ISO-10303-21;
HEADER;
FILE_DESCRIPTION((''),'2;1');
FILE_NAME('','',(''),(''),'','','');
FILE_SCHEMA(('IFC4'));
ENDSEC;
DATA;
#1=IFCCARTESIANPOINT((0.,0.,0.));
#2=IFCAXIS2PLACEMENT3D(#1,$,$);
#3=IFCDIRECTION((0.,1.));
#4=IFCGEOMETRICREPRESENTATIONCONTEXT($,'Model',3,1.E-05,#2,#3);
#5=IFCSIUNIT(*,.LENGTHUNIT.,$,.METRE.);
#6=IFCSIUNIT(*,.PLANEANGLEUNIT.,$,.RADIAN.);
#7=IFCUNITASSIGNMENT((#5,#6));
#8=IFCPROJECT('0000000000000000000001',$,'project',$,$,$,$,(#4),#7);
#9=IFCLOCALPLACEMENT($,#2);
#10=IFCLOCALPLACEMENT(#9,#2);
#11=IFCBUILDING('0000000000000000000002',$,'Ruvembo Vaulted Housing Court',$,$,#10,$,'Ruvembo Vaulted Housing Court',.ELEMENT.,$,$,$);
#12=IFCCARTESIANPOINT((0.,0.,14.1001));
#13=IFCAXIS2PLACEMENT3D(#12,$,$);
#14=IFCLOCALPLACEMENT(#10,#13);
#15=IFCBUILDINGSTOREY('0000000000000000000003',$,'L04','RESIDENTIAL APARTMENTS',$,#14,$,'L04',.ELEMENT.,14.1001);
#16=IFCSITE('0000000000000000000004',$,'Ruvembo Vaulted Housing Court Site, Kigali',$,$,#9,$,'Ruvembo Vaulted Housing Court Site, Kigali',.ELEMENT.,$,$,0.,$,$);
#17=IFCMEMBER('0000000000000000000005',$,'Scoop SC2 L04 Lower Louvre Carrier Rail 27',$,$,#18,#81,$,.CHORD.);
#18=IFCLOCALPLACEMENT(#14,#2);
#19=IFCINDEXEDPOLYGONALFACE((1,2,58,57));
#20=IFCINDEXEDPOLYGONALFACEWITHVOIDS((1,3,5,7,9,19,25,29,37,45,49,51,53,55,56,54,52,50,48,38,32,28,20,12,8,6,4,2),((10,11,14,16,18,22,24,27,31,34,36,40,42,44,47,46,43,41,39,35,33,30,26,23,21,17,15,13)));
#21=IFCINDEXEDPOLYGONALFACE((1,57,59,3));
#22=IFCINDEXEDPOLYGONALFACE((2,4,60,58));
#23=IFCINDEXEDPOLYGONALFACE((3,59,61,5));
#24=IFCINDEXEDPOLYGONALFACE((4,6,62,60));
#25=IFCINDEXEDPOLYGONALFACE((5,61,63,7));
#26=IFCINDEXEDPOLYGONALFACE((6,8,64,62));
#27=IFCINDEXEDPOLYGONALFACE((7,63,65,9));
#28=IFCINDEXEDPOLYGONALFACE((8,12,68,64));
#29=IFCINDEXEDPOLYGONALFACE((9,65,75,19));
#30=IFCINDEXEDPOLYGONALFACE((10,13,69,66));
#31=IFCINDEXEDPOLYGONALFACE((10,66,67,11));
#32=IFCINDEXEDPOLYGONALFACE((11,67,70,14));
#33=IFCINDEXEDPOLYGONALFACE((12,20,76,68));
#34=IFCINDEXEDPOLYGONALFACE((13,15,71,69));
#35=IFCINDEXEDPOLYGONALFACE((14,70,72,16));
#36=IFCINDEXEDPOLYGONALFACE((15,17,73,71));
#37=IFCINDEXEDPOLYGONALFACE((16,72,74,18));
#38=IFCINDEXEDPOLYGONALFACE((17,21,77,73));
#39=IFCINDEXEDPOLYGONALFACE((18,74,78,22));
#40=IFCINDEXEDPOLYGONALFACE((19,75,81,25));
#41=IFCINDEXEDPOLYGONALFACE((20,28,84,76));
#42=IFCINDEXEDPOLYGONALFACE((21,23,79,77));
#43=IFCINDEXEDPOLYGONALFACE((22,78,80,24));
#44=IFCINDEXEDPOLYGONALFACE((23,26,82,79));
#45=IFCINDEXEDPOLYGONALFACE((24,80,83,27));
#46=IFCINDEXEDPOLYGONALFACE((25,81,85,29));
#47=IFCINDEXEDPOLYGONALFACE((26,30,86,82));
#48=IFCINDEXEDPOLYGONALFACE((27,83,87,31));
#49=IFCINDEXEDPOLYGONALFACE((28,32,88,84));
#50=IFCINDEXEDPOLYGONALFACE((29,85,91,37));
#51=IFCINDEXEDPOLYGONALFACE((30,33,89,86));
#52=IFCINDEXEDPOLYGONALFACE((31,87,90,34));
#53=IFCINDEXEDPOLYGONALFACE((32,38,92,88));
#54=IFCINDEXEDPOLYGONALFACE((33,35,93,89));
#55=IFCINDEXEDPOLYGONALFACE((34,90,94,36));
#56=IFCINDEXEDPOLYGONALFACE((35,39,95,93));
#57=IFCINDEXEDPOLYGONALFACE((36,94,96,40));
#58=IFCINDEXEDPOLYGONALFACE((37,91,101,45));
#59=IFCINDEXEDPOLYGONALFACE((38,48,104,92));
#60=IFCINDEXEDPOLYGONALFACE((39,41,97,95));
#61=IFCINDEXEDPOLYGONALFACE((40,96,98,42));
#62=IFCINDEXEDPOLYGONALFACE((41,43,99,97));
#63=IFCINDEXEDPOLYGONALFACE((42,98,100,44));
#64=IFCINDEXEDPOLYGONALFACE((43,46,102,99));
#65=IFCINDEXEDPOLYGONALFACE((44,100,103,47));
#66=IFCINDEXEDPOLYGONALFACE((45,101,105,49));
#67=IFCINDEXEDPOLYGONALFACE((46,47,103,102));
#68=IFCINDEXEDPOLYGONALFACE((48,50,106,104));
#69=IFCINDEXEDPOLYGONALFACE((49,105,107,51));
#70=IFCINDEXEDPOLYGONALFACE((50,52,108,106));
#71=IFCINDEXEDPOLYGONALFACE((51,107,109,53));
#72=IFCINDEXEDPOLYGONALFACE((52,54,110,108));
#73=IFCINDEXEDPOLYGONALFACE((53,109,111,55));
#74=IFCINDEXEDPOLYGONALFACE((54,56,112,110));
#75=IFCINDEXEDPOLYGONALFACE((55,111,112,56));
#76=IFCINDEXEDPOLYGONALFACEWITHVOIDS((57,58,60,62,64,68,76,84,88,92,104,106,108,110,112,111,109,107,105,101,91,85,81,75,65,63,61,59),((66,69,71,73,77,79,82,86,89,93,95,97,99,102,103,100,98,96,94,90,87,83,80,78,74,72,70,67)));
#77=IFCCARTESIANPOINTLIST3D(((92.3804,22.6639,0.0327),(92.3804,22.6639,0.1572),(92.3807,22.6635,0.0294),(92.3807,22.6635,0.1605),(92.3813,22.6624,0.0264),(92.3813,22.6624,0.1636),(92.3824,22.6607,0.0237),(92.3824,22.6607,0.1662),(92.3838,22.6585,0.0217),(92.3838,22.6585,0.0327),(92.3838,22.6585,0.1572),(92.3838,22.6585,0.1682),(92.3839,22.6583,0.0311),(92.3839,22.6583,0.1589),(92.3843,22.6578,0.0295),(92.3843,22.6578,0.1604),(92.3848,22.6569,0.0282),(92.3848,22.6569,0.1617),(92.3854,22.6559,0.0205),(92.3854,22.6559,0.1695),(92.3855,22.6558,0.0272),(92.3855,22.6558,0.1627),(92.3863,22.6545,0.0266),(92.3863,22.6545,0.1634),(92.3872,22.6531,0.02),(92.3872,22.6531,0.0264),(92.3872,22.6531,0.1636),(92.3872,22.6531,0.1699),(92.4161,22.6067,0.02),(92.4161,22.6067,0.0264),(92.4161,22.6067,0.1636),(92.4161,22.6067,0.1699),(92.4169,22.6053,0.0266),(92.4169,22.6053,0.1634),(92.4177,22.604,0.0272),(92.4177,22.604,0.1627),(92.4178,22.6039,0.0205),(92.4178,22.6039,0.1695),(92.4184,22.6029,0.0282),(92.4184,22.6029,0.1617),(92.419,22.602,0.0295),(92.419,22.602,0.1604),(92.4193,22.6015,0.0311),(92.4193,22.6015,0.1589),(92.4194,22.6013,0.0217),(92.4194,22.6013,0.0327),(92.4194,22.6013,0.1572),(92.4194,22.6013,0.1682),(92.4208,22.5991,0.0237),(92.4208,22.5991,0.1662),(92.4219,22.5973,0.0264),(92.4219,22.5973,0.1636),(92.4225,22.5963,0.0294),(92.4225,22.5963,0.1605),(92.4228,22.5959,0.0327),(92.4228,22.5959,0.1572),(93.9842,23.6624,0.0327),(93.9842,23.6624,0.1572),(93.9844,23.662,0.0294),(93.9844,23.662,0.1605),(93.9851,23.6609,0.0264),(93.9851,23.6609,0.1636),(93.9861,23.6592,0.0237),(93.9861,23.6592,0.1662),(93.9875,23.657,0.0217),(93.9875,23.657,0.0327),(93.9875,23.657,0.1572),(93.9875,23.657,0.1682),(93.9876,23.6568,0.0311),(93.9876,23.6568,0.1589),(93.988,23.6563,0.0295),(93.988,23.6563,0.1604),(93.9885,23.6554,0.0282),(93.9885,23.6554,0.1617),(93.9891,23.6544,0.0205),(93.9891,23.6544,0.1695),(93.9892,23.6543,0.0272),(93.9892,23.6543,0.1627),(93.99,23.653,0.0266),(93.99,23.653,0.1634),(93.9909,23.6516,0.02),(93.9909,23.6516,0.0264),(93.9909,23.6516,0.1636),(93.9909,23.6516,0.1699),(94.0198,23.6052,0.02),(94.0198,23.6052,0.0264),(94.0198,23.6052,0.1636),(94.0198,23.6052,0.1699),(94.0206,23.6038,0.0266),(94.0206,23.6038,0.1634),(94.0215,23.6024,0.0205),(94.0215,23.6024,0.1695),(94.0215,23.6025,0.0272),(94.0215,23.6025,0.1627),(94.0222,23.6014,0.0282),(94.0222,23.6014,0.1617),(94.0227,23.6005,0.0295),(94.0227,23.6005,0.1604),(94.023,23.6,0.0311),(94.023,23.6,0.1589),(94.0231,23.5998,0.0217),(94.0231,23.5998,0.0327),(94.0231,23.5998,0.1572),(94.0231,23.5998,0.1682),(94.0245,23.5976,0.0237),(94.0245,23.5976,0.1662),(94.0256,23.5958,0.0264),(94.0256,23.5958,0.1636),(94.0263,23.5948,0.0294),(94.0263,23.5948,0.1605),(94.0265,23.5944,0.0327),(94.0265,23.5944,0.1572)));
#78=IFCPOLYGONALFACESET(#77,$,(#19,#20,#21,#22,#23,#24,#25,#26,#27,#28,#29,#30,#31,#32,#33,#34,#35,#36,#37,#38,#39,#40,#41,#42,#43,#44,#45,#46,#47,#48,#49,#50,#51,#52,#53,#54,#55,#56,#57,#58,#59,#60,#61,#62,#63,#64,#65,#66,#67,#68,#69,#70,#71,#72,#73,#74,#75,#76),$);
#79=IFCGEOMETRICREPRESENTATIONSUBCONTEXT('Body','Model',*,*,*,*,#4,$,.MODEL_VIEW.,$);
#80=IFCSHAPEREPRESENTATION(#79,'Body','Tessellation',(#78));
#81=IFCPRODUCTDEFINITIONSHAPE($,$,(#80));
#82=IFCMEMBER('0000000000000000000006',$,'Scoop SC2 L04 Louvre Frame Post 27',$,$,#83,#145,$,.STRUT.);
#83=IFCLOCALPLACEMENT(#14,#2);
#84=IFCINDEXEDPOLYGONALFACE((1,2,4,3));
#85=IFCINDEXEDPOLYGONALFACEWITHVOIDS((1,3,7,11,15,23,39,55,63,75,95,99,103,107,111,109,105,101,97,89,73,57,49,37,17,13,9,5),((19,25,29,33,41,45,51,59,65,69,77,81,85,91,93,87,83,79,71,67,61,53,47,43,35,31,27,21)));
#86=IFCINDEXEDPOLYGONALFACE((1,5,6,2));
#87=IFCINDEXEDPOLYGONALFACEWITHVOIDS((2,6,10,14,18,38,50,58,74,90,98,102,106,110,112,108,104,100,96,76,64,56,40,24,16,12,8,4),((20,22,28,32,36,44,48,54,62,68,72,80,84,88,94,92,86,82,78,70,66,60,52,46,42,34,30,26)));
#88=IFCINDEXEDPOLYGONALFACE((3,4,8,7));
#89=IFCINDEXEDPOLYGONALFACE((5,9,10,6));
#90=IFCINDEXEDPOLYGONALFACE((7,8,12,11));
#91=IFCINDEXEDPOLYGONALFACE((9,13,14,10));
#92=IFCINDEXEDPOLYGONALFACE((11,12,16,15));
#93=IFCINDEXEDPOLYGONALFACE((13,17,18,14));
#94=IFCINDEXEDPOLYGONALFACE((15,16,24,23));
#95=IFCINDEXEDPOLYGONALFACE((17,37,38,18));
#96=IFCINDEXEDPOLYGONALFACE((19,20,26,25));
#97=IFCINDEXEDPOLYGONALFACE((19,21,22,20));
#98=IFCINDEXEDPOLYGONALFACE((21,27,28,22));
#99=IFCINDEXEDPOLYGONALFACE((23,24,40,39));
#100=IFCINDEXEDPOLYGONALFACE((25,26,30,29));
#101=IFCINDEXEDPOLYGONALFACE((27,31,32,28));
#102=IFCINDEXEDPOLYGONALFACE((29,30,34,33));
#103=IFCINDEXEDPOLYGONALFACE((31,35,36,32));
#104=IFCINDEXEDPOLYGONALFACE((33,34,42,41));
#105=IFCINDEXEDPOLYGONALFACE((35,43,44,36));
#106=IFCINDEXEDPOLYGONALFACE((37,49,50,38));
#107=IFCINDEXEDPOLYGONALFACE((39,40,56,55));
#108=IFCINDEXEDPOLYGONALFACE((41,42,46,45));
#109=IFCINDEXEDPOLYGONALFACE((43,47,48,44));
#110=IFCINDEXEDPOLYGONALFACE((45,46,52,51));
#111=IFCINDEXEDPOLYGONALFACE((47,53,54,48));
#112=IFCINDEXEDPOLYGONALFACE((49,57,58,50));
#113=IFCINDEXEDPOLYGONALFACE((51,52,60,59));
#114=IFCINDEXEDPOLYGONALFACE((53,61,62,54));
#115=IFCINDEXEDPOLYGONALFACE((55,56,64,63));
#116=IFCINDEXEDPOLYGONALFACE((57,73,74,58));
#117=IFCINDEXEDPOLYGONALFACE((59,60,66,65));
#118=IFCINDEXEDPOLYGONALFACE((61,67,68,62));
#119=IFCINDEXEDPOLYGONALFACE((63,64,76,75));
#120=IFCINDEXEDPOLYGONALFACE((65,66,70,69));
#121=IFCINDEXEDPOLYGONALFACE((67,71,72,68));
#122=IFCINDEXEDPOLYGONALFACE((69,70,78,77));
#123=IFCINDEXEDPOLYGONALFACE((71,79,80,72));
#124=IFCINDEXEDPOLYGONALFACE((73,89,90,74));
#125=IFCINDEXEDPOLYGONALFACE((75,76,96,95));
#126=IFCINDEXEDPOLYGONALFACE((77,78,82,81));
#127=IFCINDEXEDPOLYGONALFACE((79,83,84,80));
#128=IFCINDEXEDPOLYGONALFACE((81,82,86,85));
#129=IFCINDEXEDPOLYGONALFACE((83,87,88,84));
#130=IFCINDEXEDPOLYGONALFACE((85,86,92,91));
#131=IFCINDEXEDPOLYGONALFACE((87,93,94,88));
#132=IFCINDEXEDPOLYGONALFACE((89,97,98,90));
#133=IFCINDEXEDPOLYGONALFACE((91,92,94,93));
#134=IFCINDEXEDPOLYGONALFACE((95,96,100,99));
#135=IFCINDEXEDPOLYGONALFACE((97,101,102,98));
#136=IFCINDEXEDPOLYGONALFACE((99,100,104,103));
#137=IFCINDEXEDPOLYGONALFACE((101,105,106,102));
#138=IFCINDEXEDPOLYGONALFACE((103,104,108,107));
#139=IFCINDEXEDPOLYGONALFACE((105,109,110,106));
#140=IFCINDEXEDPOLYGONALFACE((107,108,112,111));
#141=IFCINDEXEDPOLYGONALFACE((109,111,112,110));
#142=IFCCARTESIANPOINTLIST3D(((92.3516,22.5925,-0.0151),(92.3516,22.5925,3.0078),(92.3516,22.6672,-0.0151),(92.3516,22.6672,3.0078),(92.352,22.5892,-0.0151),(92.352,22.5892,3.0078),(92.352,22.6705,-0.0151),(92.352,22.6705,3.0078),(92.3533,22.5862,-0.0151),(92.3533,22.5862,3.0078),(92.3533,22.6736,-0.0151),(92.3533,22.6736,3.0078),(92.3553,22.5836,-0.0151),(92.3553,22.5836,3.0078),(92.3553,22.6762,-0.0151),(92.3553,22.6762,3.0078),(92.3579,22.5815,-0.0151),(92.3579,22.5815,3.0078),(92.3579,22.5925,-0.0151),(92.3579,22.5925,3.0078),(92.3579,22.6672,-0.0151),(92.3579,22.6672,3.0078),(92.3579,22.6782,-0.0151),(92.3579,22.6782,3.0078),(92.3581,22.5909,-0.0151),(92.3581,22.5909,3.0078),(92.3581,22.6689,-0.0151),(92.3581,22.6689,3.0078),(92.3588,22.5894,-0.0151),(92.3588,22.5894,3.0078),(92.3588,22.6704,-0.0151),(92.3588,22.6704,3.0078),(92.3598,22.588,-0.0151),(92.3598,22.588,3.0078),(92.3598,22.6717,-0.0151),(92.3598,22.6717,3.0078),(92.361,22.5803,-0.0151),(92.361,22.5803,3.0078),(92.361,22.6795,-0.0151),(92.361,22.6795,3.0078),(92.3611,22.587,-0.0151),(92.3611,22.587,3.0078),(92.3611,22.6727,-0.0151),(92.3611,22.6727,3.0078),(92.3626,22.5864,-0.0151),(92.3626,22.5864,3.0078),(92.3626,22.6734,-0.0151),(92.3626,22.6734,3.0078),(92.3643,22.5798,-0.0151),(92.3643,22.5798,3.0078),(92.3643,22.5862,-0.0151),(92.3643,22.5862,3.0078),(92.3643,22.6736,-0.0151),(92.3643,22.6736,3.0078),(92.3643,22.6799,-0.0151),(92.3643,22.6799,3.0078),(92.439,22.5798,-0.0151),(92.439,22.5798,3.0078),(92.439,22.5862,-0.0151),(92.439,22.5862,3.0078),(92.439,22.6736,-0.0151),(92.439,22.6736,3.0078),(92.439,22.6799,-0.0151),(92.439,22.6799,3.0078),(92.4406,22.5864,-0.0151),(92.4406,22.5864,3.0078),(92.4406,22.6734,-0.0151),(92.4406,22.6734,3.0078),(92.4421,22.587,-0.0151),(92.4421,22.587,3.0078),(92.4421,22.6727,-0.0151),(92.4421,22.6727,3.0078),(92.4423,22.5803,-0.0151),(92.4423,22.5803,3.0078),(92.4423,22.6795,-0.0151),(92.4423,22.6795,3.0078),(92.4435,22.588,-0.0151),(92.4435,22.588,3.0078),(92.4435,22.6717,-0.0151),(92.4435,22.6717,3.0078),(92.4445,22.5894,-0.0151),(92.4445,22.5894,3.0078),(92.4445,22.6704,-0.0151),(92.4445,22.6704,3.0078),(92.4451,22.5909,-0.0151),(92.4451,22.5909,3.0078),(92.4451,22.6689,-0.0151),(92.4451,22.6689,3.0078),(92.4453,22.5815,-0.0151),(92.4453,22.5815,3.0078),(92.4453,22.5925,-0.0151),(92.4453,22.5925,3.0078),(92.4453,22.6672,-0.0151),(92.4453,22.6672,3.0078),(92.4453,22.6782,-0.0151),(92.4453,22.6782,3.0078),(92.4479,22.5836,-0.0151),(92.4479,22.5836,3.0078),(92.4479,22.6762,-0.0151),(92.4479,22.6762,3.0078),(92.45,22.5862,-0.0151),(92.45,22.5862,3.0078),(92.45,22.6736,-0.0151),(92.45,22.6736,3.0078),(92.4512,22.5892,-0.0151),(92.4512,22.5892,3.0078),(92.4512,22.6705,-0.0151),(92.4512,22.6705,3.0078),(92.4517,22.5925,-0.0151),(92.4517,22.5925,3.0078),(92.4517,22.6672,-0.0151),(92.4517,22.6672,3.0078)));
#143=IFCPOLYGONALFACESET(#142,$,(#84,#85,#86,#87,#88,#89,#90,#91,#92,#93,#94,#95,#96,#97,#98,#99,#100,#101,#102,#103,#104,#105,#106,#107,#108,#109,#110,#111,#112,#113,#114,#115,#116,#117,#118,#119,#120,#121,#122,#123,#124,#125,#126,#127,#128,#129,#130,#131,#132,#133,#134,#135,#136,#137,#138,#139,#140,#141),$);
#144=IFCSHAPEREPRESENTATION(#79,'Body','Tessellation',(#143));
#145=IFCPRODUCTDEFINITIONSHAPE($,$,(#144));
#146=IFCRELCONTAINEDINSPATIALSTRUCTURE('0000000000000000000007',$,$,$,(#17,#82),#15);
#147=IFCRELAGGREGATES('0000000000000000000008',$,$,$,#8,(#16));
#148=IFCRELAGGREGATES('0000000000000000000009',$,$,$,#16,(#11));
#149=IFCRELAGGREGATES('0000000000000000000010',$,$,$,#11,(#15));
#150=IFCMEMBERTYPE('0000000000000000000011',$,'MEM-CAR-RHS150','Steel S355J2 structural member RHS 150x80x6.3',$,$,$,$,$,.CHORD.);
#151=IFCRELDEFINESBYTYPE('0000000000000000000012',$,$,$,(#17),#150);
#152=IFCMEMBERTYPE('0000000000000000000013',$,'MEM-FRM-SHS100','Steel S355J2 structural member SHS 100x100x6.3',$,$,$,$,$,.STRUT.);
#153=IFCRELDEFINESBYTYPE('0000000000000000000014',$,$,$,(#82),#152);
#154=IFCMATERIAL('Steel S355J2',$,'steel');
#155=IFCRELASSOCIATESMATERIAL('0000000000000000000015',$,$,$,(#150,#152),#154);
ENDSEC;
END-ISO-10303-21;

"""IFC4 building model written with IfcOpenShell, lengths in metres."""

from ifc_helpers import new_model, si_unit, direction, frame, origin, origin_2d, place, context, subcontext, project, spatial, hollow_rectangle, extrude, material, material_profile, profile_set, type_object, element, save


model = new_model("IFC4")

# Units and contexts
model_context = context("Model", 3, precision=1e-05, world=origin(), true_north=direction((0.0, 1.0)))
body_context = subcontext(model_context, "Body", "Model", "MODEL_VIEW")
ifc_project = project(units=[si_unit("LENGTHUNIT", "METRE"), si_unit("PLANEANGLEUNIT", "RADIAN")], contexts=[model_context])

# Site, building, storey
site_placement = place(None, origin())
site = spatial("IfcSite", under=ifc_project, at=site_placement, Name="Ruvembo Vaulted Housing Court Site, Kigali", LongName="Ruvembo Vaulted Housing Court Site, Kigali", CompositionType="ELEMENT", RefElevation=0.0)
building_placement = place(site_placement, origin())
building = spatial("IfcBuilding", under=site, at=building_placement, Name="Ruvembo Vaulted Housing Court", LongName="Ruvembo Vaulted Housing Court", CompositionType="ELEMENT")
storey_placement = place(building_placement, frame((0.0, 0.0, 14.1001)))
storey = spatial("IfcBuildingStorey", under=building, at=storey_placement, Name="L04", Description="RESIDENTIAL APARTMENTS", LongName="L04", CompositionType="ELEMENT", Elevation=14.1001)

# Shared definitions
ifc_material_1 = material(Name="Steel S355J2", Category="steel")

# Members
ifc_material_profile_1 = material_profile(ifc_material_1, hollow_rectangle(XDim=0.0801, YDim=0.1499, WallThickness=0.0063, InnerFilletRadius=0.0063, OuterFilletRadius=0.0127, at=origin_2d()), Name="RHS 150x80x6.3")
ifc_profile_set_1 = profile_set([ifc_material_profile_1], Name="Steel S355J2")
member_type_1 = type_object("IfcMemberType", Name="MEM-CAR-RHS150", Description="Steel S355J2 structural member RHS 150x80x6.3", PredefinedType="CHORD", material=ifc_profile_set_1)
member_1_placement = place(storey_placement, frame((92.4016, 22.6299, 0.095), z_axis=(0.848905, 0.528546, 0.0), x_axis=(-0.528546, 0.848905, 0.0)))
element("IfcMember", 1, at=member_1_placement, inside=storey, type_object=member_type_1, Name="Scoop SC2 L04 Lower Louvre Carrier Rail 27", PredefinedType="CHORD", context=body_context, shape_type="SweptSolid", body=[
    extrude(hollow_rectangle(XDim=0.0801, YDim=0.1499, WallThickness=0.0063, InnerFilletRadius=0.0063, OuterFilletRadius=0.0127, at=origin_2d()), origin(), (0.0, 0.0, 1.0), 1.8892),
])
ifc_material_profile_2 = material_profile(ifc_material_1, hollow_rectangle(XDim=0.1001, YDim=0.1001, WallThickness=0.0063, InnerFilletRadius=0.0063, OuterFilletRadius=0.0127, at=origin_2d()), Name="SHS 100x100x6.3")
ifc_profile_set_2 = profile_set([ifc_material_profile_2], Name="Steel S355J2")
member_type_2 = type_object("IfcMemberType", Name="MEM-FRM-SHS100", Description="Steel S355J2 structural member SHS 100x100x6.3", PredefinedType="STRUT", material=ifc_profile_set_2)
for number, where, z_axis, x_axis, name in (
    (2, (92.4016, 22.6299, -0.0151), (0.0, 0.0, 1.0), (1.0, 0.0, 0.0), "Scoop SC2 L04 Louvre Frame Post 27"),
):
    element("IfcMember", number, at=place(storey_placement, frame(where, z_axis=z_axis, x_axis=x_axis)), inside=storey, type_object=member_type_2, Name=name, PredefinedType="STRUT", context=body_context, shape_type="SweptSolid", body=[
        extrude(hollow_rectangle(XDim=0.1001, YDim=0.1001, WallThickness=0.0063, InnerFilletRadius=0.0063, OuterFilletRadius=0.0127, at=origin_2d()), origin(), (0.0, 0.0, 1.0), 3.0229),
    ])

save(model, "model.ifc")
